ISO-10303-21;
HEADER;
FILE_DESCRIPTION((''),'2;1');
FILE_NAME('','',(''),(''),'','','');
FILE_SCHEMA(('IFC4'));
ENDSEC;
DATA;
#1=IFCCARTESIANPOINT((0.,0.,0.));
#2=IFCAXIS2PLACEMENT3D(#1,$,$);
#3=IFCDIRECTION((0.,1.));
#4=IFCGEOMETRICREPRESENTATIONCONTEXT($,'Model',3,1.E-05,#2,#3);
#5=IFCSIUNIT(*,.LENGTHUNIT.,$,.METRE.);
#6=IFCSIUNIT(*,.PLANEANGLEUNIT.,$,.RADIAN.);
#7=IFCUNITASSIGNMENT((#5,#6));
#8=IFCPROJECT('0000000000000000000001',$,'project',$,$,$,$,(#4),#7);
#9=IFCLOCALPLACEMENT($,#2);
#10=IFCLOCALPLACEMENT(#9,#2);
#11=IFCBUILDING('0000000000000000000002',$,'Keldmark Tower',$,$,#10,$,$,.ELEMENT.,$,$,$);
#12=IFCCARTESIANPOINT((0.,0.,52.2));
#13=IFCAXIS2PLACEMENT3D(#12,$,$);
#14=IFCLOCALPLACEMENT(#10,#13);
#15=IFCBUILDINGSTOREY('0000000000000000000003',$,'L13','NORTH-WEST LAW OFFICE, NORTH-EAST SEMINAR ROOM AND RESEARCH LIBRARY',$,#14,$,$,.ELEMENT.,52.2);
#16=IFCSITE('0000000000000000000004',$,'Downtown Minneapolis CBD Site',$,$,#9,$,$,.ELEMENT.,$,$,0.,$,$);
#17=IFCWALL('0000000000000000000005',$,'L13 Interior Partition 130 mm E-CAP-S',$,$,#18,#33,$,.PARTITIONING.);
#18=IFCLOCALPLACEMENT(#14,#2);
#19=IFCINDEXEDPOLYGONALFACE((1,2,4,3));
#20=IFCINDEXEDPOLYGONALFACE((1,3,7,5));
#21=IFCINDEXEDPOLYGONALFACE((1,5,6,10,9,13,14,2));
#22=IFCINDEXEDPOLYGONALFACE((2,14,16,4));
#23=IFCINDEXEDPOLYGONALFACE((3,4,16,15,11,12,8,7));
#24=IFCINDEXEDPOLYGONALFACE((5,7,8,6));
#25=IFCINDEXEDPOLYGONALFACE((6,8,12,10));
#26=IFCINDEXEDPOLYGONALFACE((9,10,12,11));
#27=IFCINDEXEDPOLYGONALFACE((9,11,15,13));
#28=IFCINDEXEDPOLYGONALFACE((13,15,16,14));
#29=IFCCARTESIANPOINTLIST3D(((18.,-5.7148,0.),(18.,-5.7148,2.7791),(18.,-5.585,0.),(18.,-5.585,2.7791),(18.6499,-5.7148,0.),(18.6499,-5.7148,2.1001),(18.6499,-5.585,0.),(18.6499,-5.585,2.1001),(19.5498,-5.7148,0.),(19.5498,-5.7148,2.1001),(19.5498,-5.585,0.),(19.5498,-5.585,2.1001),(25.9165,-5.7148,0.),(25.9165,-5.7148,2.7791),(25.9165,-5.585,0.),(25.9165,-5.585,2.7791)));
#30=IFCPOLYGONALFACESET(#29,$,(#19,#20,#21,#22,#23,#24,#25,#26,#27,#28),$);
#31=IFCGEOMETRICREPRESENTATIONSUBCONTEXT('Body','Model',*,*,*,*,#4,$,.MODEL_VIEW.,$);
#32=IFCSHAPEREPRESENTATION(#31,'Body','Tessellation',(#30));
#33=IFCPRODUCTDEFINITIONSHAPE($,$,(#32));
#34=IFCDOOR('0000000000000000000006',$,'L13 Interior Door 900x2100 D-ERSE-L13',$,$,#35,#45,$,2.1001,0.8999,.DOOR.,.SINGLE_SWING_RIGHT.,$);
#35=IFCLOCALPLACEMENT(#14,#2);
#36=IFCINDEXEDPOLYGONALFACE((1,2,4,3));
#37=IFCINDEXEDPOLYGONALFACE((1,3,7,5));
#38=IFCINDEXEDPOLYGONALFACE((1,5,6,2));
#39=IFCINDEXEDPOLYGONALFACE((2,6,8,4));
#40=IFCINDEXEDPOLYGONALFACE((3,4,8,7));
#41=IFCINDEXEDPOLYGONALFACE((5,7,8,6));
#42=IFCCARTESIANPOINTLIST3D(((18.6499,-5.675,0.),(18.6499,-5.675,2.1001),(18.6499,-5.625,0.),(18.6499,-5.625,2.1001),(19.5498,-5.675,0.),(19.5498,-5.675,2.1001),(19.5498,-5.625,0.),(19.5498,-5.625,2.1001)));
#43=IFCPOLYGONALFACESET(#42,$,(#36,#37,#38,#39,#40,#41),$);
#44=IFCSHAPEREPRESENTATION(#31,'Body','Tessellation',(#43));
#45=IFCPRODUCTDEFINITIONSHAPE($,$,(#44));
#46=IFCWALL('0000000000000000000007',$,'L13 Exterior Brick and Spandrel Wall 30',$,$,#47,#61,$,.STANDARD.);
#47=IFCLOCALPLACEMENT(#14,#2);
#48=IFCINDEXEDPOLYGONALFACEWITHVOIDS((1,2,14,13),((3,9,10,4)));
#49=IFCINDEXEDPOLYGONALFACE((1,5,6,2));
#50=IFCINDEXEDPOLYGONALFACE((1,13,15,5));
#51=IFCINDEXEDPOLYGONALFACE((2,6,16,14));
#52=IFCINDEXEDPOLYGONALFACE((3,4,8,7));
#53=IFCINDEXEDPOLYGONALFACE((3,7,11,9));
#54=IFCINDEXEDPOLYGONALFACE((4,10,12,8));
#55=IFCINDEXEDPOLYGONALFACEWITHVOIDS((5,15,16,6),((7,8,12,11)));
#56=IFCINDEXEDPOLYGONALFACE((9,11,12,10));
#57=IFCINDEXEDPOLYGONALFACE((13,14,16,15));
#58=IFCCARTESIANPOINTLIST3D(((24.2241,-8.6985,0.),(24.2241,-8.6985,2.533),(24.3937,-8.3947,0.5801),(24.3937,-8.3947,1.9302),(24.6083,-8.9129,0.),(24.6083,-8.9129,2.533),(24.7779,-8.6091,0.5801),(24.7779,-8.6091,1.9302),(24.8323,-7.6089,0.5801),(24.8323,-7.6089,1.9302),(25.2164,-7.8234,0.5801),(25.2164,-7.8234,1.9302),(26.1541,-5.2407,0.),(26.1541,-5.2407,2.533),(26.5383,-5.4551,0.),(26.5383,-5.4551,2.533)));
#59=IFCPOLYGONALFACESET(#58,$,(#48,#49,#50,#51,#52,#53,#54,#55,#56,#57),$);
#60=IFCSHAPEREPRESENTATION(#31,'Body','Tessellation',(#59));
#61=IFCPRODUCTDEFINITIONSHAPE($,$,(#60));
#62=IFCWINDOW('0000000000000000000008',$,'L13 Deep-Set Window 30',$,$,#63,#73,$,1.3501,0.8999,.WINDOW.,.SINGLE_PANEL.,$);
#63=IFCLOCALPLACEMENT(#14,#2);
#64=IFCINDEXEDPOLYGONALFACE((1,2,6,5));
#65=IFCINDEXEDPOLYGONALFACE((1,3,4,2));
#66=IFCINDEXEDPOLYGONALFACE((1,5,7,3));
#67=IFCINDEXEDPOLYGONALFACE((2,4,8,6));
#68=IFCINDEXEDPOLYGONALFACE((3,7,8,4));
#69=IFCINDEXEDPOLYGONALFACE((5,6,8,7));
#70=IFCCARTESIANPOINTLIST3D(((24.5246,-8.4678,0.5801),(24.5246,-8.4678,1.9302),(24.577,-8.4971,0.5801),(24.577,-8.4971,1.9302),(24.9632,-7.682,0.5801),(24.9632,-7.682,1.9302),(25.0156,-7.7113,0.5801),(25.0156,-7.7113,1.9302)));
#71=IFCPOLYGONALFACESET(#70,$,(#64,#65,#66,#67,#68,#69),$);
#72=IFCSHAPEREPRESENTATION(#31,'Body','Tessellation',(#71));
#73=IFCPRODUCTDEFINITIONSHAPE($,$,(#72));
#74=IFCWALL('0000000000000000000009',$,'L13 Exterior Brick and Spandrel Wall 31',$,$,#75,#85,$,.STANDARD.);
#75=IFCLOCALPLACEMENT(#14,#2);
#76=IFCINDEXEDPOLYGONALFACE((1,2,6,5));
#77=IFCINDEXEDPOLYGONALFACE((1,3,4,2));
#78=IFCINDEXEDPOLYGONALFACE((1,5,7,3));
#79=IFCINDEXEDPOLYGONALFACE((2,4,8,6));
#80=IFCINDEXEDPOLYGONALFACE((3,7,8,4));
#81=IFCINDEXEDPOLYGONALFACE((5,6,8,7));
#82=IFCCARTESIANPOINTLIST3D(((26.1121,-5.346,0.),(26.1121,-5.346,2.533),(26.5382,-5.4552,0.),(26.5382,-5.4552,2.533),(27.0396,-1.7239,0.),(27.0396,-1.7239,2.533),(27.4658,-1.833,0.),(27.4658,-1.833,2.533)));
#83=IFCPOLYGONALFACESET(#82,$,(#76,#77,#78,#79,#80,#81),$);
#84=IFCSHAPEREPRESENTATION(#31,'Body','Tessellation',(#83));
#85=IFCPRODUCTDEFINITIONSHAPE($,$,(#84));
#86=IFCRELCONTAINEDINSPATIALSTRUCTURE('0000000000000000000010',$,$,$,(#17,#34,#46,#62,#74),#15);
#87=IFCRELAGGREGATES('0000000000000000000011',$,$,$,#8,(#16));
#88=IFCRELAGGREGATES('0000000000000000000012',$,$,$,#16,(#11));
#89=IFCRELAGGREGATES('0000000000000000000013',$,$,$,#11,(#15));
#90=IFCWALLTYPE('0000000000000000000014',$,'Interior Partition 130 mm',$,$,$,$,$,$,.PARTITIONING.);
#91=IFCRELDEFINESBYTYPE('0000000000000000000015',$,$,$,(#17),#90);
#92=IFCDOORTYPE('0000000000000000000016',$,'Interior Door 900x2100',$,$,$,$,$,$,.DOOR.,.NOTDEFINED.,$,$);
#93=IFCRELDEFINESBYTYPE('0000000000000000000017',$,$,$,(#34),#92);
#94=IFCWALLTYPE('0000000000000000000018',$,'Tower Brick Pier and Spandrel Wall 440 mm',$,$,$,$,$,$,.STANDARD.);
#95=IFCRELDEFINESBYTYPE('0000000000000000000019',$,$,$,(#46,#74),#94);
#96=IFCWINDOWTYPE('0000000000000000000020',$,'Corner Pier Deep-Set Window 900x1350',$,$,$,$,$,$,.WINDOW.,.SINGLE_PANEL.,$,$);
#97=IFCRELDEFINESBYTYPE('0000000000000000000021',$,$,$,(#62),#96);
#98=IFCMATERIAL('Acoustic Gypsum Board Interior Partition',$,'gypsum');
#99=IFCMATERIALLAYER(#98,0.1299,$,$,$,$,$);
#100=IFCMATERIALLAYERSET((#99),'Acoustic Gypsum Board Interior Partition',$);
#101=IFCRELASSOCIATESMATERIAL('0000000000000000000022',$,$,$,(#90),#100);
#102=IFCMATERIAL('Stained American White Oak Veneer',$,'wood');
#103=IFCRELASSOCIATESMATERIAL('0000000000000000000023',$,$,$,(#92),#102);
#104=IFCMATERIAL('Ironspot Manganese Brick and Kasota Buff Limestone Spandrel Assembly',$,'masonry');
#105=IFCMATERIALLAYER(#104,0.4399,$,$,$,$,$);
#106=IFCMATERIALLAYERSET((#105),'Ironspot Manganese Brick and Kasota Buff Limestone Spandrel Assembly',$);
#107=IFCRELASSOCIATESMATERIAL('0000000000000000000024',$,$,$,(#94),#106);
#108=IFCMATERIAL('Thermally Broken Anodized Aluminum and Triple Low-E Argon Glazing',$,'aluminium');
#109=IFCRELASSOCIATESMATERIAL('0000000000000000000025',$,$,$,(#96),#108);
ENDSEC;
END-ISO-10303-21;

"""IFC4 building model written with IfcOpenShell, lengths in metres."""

from ifc_helpers import new_model, si_unit, direction, frame, frame_2d, origin, place, context, subcontext, project, spatial, rectangle, extrude, material, layer, layer_set, type_object, element, fill, save


model = new_model("IFC4")

# Units and contexts
model_context = context("Model", 3, precision=1e-05, world=origin(), true_north=direction((0.0, 1.0)))
body_context = subcontext(model_context, "Body", "Model", "MODEL_VIEW")
ifc_project = project(units=[si_unit("LENGTHUNIT", "METRE"), si_unit("PLANEANGLEUNIT", "RADIAN")], contexts=[model_context])

# Site, building, storey
site_placement = place(None, origin())
site = spatial("IfcSite", under=ifc_project, at=site_placement, Name="Downtown Minneapolis CBD Site", CompositionType="ELEMENT", RefElevation=0.0)
building_placement = place(site_placement, origin())
building = spatial("IfcBuilding", under=site, at=building_placement, Name="Keldmark Tower", CompositionType="ELEMENT")
storey_placement = place(building_placement, frame((0.0, 0.0, 52.2)))
storey = spatial("IfcBuildingStorey", under=building, at=storey_placement, Name="L13", Description="NORTH-WEST LAW OFFICE, NORTH-EAST SEMINAR ROOM AND RESEARCH LIBRARY", CompositionType="ELEMENT", Elevation=52.2)

# Wall, opening, door
ifc_material_1 = material(Name="Acoustic Gypsum Board Interior Partition", Category="gypsum")
ifc_layer_1 = layer(ifc_material_1, 0.1299)
ifc_layer_set_1 = layer_set([ifc_layer_1], Name="Acoustic Gypsum Board Interior Partition")
wall_type_1 = type_object("IfcWallType", Name="Interior Partition 130 mm", PredefinedType="PARTITIONING", material=ifc_layer_set_1)
wall_1_placement = place(storey_placement, frame((18.0, -5.6499, 0.0), z_axis=(0.0, 0.0, 1.0), x_axis=(1.0, 0.0, 0.0)))
wall_1 = element("IfcWall", 1, at=wall_1_placement, inside=storey, type_object=wall_type_1, Name="L13 Interior Partition 130 mm E-CAP-S", PredefinedType="PARTITIONING", context=body_context, shape_type="SweptSolid", body=[
    extrude(rectangle(XDim=7.9165, YDim=0.1299, at=frame_2d((3.9583, 0.0))), origin(), (0.0, 0.0, 1.0), 2.7791),
])
opening_1_placement = place(wall_1_placement, frame((0.6499, 0.0, 0.0)))
opening_1 = element("IfcOpeningElement", 2, at=opening_1_placement, cuts=wall_1, PredefinedType="OPENING", context=body_context, shape_type="SweptSolid", body=[
    extrude(rectangle(XDim=0.8999, YDim=2.1001, at=frame_2d((0.45, 1.05))), frame((0.0, 0.075, 0.0), z_axis=(0.0, -1.0, 0.0), x_axis=(1.0, 0.0, 0.0)), (0.0, 0.0, 1.0), 0.1499),
])
ifc_material_2 = material(Name="Stained American White Oak Veneer", Category="wood")
door_type_1 = type_object("IfcDoorType", Name="Interior Door 900x2100", OperationType="NOTDEFINED", PredefinedType="DOOR", material=ifc_material_2)
door_1_placement = place(opening_1_placement, origin())
door_1 = element("IfcDoor", 3, at=door_1_placement, inside=storey, type_object=door_type_1, Name="L13 Interior Door 900x2100 D-ERSE-L13", OperationType="SINGLE_SWING_RIGHT", OverallHeight=2.1001, OverallWidth=0.8999, PredefinedType="DOOR", context=body_context, shape_type="SweptSolid", body=[
    extrude(rectangle(XDim=0.8999, YDim=2.1001, at=frame_2d((0.45, 1.05))), frame((0.0, 0.0249, 0.0), z_axis=(0.0, -1.0, 0.0), x_axis=(1.0, 0.0, 0.0)), (0.0, 0.0, 1.0), 0.05),
])
fill(opening_1, door_1)

# Wall, opening, window
ifc_material_3 = material(Name="Ironspot Manganese Brick and Kasota Buff Limestone Spandrel Assembly", Category="masonry")
ifc_layer_2 = layer(ifc_material_3, 0.4399)
ifc_layer_set_2 = layer_set([ifc_layer_2], Name="Ironspot Manganese Brick and Kasota Buff Limestone Spandrel Assembly")
wall_type_2 = type_object("IfcWallType", Name="Tower Brick Pier and Spandrel Wall 440 mm", PredefinedType="STANDARD", material=ifc_layer_set_2)
wall_2_placement = place(storey_placement, frame((26.3462, -5.3479, 0.0), z_axis=(0.0, 0.0, 1.0), x_axis=(-0.487369, -0.873196, 0.0)))
wall_2 = element("IfcWall", 4, at=wall_2_placement, inside=storey, type_object=wall_type_2, Name="L13 Exterior Brick and Spandrel Wall 30", PredefinedType="STANDARD", context=body_context, shape_type="SweptSolid", body=[
    extrude(rectangle(XDim=3.96, YDim=0.4399, at=frame_2d((1.98, 0.0))), origin(), (0.0, 0.0, 1.0), 2.533),
])
opening_2_placement = place(wall_2_placement, frame((2.7122, 0.0, 0.5801)))
opening_2 = element("IfcOpeningElement", 5, at=opening_2_placement, cuts=wall_2, PredefinedType="OPENING", context=body_context, shape_type="SweptSolid", body=[
    extrude(rectangle(XDim=0.8999, YDim=1.3501, at=frame_2d((0.45, 0.675))), frame((0.0, 0.23, 0.0), z_axis=(0.0, -1.0, 0.0), x_axis=(1.0, 0.0, 0.0)), (0.0, 0.0, 1.0), 0.46),
])
ifc_material_4 = material(Name="Thermally Broken Anodized Aluminum and Triple Low-E Argon Glazing", Category="aluminium")
window_type = type_object("IfcWindowType", Name="Corner Pier Deep-Set Window 900x1350", PartitioningType="SINGLE_PANEL", PredefinedType="WINDOW", material=ifc_material_4)
window_placement = place(opening_2_placement, origin())
window = element("IfcWindow", 6, at=window_placement, inside=storey, type_object=window_type, Name="L13 Deep-Set Window 30", OverallHeight=1.3501, OverallWidth=0.8999, PartitioningType="SINGLE_PANEL", PredefinedType="WINDOW", context=body_context, shape_type="SweptSolid", body=[
    extrude(rectangle(XDim=0.8999, YDim=1.3501, at=frame_2d((0.45, 0.675))), frame((0.0, -0.01, 0.0), z_axis=(0.0, -1.0, 0.0), x_axis=(1.0, 0.0, 0.0)), (0.0, 0.0, 1.0), 0.0601),
])
fill(opening_2, window)

# Wall
wall_3_placement = place(storey_placement, frame((27.2527, -1.7783, 0.0), z_axis=(0.0, 0.0, 1.0), x_axis=(-0.248063, -0.968744, 0.0)))
element("IfcWall", 7, at=wall_3_placement, inside=storey, type_object=wall_type_2, Name="L13 Exterior Brick and Spandrel Wall 31", PredefinedType="STANDARD", context=body_context, shape_type="SweptSolid", body=[
    extrude(rectangle(XDim=3.739, YDim=0.4399, at=frame_2d((1.8696, 0.0))), origin(), (0.0, 0.0, 1.0), 2.533),
])

save(model, "model.ifc")
